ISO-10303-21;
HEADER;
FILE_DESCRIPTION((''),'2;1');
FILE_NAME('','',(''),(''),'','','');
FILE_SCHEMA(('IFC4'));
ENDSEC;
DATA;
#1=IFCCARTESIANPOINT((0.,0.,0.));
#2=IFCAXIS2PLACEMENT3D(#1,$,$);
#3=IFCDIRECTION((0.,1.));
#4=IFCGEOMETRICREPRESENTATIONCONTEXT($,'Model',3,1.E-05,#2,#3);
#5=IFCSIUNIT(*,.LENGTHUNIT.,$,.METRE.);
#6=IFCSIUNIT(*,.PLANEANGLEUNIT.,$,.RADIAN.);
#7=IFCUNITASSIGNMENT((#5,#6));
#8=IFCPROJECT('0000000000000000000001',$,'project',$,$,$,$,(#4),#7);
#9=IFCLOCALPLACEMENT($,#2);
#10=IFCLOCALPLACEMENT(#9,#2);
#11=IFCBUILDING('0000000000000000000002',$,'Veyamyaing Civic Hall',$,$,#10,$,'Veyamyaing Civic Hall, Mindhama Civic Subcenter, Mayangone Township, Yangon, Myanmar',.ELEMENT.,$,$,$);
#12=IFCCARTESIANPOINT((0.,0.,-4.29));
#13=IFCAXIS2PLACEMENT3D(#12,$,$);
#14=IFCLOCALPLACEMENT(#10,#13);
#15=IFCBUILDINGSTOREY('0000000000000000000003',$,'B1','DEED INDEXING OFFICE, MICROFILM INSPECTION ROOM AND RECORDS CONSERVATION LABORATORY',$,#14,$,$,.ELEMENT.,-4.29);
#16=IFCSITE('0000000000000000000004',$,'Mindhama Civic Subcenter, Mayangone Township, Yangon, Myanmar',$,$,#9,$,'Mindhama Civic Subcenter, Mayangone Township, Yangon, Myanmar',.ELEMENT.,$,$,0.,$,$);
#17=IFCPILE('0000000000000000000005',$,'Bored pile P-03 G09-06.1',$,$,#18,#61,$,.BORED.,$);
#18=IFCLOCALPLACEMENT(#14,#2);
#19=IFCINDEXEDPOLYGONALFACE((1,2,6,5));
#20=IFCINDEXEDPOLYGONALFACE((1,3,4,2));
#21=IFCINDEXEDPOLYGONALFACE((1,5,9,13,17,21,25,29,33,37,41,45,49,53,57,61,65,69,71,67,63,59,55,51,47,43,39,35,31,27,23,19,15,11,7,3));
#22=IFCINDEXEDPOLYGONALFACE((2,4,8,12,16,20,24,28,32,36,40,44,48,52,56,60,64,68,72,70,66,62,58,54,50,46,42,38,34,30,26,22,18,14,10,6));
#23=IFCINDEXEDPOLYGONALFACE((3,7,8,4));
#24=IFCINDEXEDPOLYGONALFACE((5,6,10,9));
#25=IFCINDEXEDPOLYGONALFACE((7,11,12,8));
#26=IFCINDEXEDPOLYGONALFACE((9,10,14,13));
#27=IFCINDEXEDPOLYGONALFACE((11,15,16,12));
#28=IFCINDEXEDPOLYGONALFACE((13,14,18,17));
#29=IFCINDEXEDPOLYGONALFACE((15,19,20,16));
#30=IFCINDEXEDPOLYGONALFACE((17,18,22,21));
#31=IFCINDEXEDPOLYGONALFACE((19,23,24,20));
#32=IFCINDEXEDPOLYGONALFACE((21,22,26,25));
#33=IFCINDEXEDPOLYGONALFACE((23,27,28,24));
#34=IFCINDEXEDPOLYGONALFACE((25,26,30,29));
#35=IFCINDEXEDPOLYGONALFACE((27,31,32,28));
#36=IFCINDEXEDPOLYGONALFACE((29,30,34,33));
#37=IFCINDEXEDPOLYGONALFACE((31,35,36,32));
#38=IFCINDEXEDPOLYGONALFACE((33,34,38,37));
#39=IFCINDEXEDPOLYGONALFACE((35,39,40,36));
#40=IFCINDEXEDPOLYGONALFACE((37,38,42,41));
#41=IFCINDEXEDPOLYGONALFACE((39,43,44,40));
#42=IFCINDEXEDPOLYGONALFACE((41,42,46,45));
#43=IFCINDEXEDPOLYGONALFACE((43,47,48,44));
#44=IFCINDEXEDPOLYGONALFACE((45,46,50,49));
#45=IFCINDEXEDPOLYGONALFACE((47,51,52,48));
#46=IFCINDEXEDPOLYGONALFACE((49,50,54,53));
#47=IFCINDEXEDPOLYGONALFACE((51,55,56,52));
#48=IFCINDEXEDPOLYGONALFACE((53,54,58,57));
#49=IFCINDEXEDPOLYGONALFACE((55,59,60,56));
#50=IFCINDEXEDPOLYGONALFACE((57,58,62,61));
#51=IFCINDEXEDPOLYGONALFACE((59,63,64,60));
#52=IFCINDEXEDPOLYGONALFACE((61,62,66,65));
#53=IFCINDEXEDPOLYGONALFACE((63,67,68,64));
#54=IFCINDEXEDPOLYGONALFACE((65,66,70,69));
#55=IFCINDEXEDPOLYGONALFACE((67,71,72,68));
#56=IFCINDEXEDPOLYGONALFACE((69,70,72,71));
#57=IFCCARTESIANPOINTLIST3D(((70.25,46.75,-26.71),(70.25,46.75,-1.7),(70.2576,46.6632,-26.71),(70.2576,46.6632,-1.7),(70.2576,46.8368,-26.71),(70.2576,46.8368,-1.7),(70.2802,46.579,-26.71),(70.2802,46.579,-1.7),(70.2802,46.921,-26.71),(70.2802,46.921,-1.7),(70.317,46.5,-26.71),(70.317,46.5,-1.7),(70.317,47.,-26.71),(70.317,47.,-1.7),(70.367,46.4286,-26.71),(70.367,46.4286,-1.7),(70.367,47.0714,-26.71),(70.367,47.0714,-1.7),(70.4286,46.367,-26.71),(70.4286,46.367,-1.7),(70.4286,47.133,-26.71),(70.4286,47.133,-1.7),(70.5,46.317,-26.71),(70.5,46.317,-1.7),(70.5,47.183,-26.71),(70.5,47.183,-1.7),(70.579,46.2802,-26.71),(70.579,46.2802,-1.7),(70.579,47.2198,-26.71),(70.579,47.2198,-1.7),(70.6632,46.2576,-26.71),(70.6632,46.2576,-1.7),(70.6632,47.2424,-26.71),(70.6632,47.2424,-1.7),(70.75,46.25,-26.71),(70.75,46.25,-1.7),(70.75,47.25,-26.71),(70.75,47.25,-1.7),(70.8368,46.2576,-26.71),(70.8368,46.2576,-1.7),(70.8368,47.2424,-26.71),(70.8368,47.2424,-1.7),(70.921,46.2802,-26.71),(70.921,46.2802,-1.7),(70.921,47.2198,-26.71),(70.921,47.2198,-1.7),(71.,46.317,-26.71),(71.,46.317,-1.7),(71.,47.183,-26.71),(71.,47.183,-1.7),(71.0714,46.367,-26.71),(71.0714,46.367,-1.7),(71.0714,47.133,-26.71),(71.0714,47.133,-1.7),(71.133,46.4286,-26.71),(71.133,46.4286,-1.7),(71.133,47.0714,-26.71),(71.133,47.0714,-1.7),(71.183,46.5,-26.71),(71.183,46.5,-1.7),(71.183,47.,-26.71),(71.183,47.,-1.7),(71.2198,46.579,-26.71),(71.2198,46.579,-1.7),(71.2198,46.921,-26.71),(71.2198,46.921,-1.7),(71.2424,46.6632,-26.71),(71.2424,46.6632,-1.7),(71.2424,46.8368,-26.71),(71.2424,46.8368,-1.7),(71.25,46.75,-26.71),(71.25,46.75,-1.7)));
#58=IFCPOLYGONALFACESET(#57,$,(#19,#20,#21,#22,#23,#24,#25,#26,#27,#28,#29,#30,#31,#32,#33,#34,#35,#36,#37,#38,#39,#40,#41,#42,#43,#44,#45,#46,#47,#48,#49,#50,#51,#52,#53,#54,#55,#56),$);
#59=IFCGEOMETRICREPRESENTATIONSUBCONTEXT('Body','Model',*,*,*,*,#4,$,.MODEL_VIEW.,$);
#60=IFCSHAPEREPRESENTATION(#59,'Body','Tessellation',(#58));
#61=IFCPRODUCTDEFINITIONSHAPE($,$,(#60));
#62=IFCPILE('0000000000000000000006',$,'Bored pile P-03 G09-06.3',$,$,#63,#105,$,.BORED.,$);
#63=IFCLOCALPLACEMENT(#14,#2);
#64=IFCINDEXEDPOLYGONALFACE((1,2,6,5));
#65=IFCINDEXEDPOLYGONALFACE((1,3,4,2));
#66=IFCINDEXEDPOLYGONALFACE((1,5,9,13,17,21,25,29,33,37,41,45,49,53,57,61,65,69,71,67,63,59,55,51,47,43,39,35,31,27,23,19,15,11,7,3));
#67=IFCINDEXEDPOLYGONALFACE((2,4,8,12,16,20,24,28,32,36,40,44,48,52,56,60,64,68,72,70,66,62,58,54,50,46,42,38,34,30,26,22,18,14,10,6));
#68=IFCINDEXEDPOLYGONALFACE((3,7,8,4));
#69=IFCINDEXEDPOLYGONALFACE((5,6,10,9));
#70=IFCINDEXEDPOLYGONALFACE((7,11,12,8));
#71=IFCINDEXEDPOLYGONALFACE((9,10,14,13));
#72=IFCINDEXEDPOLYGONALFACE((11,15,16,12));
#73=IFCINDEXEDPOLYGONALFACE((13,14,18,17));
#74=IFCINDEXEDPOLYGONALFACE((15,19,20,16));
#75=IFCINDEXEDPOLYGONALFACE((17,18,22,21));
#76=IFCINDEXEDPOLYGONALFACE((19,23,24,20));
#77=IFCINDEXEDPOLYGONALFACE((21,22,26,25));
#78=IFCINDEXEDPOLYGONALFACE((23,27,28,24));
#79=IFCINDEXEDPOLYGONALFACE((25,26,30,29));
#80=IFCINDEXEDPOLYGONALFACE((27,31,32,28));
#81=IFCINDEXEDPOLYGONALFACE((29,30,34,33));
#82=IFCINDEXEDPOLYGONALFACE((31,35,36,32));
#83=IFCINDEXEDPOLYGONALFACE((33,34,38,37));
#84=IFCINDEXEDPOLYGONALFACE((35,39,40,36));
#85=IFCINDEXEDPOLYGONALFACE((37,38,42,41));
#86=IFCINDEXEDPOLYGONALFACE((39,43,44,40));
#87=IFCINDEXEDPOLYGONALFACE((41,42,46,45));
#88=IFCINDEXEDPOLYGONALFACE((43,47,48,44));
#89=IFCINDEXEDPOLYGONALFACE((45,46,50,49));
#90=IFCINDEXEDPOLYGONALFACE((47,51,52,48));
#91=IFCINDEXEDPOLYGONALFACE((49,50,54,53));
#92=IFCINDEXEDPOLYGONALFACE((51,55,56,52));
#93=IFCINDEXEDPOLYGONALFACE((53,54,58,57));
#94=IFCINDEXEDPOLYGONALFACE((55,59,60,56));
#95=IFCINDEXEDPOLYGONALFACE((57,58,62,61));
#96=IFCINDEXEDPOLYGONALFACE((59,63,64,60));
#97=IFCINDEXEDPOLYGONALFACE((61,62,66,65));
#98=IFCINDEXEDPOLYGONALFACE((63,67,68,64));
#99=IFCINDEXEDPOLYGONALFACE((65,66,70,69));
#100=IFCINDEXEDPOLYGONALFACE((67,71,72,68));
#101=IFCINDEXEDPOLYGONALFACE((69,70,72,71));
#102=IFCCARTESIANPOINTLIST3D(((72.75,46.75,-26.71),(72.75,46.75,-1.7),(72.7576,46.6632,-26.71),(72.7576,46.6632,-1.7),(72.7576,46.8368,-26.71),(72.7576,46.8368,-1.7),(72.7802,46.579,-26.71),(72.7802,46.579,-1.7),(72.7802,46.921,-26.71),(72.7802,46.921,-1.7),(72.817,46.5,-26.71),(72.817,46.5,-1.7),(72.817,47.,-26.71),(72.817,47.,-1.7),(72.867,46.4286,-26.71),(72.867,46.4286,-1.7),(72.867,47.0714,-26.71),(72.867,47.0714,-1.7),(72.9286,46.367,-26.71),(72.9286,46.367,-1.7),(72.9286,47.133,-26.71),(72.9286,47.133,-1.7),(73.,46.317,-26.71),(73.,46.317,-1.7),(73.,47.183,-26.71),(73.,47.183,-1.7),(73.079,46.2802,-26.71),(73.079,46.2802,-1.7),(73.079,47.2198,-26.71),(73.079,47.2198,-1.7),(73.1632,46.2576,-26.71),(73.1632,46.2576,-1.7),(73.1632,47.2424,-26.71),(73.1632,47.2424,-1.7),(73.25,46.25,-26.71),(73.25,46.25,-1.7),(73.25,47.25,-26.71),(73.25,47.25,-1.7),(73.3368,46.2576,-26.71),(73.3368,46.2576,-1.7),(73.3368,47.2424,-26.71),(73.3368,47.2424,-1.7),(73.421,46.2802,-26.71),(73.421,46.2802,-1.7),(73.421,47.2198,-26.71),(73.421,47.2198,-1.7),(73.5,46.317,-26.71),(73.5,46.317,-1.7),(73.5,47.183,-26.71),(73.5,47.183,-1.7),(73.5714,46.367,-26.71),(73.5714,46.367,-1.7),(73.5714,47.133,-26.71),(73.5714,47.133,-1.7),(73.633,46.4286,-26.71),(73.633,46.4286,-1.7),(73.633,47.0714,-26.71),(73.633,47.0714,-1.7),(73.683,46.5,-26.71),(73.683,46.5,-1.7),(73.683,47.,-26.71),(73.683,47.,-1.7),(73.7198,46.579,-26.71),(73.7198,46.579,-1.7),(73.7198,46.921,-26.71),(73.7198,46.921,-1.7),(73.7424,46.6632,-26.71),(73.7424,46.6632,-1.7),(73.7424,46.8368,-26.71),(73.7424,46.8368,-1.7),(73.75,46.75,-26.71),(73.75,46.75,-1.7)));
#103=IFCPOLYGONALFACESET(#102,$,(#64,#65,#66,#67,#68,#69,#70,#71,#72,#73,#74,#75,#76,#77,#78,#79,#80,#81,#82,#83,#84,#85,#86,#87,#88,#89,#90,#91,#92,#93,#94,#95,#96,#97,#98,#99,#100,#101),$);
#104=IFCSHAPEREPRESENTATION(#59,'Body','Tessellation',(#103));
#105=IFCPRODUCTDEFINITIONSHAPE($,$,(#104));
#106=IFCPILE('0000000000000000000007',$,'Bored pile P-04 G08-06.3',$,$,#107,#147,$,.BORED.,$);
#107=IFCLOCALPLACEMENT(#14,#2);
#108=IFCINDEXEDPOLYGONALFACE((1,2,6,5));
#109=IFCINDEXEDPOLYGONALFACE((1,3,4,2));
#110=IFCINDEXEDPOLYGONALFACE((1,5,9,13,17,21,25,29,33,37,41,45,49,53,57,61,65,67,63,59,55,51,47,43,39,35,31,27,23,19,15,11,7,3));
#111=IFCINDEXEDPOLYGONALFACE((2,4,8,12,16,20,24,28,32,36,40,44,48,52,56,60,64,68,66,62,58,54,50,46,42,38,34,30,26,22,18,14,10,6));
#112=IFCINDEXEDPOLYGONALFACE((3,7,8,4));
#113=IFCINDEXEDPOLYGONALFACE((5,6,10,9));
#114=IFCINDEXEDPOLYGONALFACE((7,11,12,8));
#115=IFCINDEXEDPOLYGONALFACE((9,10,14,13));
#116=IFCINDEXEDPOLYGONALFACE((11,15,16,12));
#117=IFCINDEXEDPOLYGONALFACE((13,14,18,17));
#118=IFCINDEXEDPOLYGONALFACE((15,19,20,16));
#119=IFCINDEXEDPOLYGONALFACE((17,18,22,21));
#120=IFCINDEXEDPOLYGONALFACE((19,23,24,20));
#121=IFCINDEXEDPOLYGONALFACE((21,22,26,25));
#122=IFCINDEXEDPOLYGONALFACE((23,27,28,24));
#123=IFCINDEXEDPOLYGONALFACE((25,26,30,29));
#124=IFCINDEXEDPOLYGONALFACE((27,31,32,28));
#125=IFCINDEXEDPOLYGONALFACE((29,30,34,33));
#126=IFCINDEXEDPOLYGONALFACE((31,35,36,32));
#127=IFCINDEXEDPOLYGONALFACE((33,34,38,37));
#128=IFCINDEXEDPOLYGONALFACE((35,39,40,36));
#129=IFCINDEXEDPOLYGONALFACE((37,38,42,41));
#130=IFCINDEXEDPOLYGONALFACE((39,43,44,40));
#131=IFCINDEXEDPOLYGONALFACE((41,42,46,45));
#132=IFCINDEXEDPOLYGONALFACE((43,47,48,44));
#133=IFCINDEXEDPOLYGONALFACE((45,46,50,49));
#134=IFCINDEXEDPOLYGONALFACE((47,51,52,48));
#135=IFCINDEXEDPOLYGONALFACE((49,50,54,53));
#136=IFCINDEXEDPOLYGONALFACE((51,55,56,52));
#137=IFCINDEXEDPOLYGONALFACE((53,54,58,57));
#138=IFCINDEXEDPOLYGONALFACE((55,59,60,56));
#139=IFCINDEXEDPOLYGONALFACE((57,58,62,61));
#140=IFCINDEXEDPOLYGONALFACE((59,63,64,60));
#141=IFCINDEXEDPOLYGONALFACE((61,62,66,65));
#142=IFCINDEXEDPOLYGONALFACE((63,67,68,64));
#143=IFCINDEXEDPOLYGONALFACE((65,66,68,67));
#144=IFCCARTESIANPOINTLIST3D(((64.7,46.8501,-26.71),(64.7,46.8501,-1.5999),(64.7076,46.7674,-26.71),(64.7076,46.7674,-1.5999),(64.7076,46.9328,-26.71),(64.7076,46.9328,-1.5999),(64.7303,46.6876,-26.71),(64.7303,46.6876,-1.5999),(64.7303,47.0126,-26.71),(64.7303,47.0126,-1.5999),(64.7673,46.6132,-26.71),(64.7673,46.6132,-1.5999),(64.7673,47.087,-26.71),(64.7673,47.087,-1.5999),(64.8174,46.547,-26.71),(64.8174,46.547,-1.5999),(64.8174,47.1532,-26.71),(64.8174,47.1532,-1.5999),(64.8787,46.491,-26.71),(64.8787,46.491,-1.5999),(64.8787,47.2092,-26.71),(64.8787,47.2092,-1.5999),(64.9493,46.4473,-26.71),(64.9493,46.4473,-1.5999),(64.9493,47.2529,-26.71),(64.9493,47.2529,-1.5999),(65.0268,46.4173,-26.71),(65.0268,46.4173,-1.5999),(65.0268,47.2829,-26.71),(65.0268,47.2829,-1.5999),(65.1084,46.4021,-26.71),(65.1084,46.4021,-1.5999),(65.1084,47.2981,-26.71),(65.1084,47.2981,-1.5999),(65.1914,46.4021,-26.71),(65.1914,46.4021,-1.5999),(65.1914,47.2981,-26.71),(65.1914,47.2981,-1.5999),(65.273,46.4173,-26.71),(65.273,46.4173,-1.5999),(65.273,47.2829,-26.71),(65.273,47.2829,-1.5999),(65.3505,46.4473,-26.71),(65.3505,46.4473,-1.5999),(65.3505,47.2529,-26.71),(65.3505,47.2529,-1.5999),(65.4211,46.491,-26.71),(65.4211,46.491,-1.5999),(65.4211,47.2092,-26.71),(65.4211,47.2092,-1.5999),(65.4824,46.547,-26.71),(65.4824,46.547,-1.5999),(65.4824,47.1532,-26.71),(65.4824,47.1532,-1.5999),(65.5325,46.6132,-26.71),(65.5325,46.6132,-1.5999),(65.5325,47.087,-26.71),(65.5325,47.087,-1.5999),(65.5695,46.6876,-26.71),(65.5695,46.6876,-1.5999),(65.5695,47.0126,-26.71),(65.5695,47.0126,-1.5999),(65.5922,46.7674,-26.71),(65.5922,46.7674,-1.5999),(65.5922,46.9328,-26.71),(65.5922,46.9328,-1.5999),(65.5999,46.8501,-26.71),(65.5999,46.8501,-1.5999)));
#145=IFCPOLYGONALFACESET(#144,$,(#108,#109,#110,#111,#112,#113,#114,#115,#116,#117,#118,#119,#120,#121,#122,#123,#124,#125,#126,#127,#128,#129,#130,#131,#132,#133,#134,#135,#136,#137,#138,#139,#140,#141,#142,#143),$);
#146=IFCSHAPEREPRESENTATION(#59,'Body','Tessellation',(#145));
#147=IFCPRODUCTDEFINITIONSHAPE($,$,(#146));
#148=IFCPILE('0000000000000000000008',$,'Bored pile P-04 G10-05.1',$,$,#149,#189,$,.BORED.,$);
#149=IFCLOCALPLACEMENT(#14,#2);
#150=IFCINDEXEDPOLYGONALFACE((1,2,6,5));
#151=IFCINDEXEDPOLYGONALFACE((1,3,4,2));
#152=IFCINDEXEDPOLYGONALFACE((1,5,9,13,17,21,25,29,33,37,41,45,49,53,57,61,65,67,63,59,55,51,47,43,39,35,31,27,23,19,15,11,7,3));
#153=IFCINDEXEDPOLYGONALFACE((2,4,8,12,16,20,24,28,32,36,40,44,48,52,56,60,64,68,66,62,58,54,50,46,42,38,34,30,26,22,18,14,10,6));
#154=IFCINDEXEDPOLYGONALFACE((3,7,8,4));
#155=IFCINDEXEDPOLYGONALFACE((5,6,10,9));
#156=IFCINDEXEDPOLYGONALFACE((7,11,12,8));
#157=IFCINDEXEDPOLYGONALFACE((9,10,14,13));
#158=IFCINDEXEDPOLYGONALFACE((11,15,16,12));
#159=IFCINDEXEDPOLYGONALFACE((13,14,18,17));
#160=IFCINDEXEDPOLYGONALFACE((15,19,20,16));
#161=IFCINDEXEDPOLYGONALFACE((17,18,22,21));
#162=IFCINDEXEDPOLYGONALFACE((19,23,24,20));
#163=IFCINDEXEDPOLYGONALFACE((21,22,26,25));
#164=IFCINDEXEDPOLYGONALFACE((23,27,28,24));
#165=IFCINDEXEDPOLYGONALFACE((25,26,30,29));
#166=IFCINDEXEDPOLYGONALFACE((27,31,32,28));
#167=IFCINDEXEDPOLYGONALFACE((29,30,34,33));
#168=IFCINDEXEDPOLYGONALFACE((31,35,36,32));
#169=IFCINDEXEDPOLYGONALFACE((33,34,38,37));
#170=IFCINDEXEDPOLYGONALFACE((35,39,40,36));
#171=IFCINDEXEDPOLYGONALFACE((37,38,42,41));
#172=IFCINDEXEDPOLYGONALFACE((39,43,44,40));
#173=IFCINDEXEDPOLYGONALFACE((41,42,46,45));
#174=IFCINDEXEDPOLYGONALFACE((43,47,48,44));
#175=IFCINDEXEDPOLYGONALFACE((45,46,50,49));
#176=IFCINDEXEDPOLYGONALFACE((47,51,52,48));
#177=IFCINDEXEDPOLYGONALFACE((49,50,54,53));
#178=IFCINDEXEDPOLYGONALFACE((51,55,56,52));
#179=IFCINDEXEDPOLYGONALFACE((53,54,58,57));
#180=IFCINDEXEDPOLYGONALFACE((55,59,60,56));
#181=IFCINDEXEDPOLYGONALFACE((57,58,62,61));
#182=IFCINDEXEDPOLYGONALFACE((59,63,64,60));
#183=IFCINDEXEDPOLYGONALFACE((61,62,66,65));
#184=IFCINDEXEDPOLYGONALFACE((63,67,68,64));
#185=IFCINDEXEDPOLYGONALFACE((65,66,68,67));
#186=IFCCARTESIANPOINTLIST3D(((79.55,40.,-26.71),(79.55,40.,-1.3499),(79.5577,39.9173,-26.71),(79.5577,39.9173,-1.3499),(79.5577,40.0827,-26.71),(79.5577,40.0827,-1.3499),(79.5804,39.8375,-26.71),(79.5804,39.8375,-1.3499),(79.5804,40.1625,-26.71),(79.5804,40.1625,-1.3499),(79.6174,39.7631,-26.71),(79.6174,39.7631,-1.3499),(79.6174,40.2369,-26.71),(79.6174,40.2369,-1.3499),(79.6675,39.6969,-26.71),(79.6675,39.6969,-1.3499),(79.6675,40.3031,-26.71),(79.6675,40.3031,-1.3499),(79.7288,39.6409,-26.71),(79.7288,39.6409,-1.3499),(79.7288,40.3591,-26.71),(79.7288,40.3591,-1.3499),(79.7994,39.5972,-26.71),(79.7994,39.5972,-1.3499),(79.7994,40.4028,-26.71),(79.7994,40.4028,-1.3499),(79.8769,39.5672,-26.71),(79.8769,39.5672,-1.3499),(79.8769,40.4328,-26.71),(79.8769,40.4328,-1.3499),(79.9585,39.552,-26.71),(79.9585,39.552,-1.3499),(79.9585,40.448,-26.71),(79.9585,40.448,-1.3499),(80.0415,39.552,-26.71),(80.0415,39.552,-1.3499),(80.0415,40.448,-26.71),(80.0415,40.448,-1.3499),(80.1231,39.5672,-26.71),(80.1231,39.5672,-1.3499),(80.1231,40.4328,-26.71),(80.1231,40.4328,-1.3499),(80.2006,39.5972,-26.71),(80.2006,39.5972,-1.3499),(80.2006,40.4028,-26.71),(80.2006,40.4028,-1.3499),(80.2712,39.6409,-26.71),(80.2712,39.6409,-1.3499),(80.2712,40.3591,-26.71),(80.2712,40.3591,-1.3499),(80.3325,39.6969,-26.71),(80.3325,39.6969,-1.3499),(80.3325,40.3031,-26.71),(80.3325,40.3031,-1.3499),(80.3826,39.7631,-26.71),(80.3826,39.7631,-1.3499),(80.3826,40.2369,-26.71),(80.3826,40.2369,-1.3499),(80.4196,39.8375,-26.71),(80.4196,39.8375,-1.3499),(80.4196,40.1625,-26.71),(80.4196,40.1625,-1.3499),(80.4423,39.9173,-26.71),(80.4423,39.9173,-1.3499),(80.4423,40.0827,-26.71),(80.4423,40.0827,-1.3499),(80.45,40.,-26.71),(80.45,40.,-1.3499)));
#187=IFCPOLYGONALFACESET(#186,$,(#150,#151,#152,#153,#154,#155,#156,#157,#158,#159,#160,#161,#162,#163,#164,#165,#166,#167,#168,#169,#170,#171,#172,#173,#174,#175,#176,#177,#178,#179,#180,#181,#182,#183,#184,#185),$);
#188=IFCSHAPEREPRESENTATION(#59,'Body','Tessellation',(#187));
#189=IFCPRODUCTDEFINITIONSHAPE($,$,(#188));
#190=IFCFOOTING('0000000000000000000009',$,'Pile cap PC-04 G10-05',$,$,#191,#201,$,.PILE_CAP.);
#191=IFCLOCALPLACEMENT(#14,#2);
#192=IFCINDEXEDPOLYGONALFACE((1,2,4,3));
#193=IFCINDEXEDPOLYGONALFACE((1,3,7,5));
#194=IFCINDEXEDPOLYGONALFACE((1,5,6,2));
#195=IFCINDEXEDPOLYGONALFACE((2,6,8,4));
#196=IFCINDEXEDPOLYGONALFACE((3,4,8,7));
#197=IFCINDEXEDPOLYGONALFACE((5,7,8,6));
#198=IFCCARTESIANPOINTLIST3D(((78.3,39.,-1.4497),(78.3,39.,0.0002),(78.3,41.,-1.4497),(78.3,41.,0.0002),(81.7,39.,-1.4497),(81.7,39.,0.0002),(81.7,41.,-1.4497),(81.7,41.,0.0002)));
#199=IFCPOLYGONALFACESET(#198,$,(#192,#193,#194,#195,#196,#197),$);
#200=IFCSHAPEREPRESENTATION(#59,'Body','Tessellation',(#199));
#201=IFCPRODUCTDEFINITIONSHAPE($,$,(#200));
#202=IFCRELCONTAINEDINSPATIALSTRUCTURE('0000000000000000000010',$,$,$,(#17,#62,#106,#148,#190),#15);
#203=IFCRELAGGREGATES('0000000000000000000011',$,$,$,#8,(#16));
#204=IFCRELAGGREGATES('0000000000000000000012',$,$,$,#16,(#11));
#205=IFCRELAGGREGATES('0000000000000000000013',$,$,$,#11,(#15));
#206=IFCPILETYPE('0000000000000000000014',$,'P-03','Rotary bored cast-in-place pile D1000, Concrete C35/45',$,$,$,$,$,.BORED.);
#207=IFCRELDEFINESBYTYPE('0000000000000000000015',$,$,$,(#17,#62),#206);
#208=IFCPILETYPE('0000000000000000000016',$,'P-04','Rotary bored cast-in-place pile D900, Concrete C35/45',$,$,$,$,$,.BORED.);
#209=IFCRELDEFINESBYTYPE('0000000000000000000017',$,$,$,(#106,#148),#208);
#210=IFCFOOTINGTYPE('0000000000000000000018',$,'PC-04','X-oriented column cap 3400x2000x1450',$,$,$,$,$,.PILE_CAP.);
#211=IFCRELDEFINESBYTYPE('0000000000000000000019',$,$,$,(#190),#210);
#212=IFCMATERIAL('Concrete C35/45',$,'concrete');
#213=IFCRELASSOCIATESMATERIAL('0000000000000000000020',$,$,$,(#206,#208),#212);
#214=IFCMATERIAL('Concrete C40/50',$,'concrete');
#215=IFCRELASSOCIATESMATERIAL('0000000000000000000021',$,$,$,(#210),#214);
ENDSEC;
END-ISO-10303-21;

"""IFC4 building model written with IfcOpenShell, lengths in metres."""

from ifc_helpers import new_model, si_unit, direction, frame, origin, origin_2d, place, context, subcontext, project, spatial, rectangle, circle, extrude, material, material_profile, profile_set, type_object, element, save


model = new_model("IFC4")

# Units and contexts
model_context = context("Model", 3, precision=1e-05, world=origin(), true_north=direction((0.0, 1.0)))
body_context = subcontext(model_context, "Body", "Model", "MODEL_VIEW")
ifc_project = project(units=[si_unit("LENGTHUNIT", "METRE"), si_unit("PLANEANGLEUNIT", "RADIAN")], contexts=[model_context])

# Site, building, storey
site_placement = place(None, origin())
site = spatial("IfcSite", under=ifc_project, at=site_placement, Name="Mindhama Civic Subcenter, Mayangone Township, Yangon, Myanmar", LongName="Mindhama Civic Subcenter, Mayangone Township, Yangon, Myanmar", CompositionType="ELEMENT", RefElevation=0.0)
building_placement = place(site_placement, origin())
building = spatial("IfcBuilding", under=site, at=building_placement, Name="Veyamyaing Civic Hall", LongName="Veyamyaing Civic Hall, Mindhama Civic Subcenter, Mayangone Township, Yangon, Myanmar", CompositionType="ELEMENT")
storey_placement = place(building_placement, frame((0.0, 0.0, -4.29)))
storey = spatial("IfcBuildingStorey", under=building, at=storey_placement, Name="B1", Description="DEED INDEXING OFFICE, MICROFILM INSPECTION ROOM AND RECORDS CONSERVATION LABORATORY", CompositionType="ELEMENT", Elevation=-4.29)

# Shared definitions
ifc_material_1 = material(Name="Concrete C40/50", Category="concrete")

# Piles
ifc_material_2 = material(Name="Concrete C35/45", Category="concrete")
ifc_material_profile_1 = material_profile(ifc_material_2, circle(Radius=0.5, at=origin_2d()), Name="PILE-D1000")
ifc_profile_set_1 = profile_set([ifc_material_profile_1], Name="Concrete C35/45")
pile_type_1 = type_object("IfcPileType", Name="P-03", Description="Rotary bored cast-in-place pile D1000, Concrete C35/45", PredefinedType="BORED", material=ifc_profile_set_1)
for number, where, z_axis, x_axis, name in (
    (1, (70.75, 46.75, -1.7), (0.0, 0.0, -1.0), (1.0, 0.0, 0.0), "Bored pile P-03 G09-06.1"),
    (2, (73.25, 46.75, -1.7), (0.0, 0.0, -1.0), (1.0, 0.0, 0.0), "Bored pile P-03 G09-06.3"),
):
    element("IfcPile", number, at=place(storey_placement, frame(where, z_axis=z_axis, x_axis=x_axis)), inside=storey, type_object=pile_type_1, Name=name, PredefinedType="BORED", context=body_context, shape_type="SweptSolid", body=[
        extrude(circle(Radius=0.5, at=origin_2d()), origin(), (0.0, 0.0, 1.0), 25.01),
    ])
ifc_material_profile_2 = material_profile(ifc_material_2, circle(Radius=0.45, at=origin_2d()), Name="PILE-D900")
ifc_profile_set_2 = profile_set([ifc_material_profile_2], Name="Concrete C35/45")
pile_type_2 = type_object("IfcPileType", Name="P-04", Description="Rotary bored cast-in-place pile D900, Concrete C35/45", PredefinedType="BORED", material=ifc_profile_set_2)
pile_1_placement = place(storey_placement, frame((65.1499, 46.8501, -1.5999), z_axis=(0.0, 0.0, -1.0), x_axis=(1.0, 0.0, 0.0)))
element("IfcPile", 3, at=pile_1_placement, inside=storey, type_object=pile_type_2, Name="Bored pile P-04 G08-06.3", PredefinedType="BORED", context=body_context, shape_type="SweptSolid", body=[
    extrude(circle(Radius=0.45, at=origin_2d()), origin(), (0.0, 0.0, 1.0), 25.1101),
])
pile_2_placement = place(storey_placement, frame((80.0, 40.0, -1.3499), z_axis=(0.0, 0.0, -1.0), x_axis=(1.0, 0.0, 0.0)))
element("IfcPile", 4, at=pile_2_placement, inside=storey, type_object=pile_type_2, Name="Bored pile P-04 G10-05.1", PredefinedType="BORED", context=body_context, shape_type="SweptSolid", body=[
    extrude(circle(Radius=0.45, at=origin_2d()), origin(), (0.0, 0.0, 1.0), 25.3601),
])

# Footing
footing_type_1 = type_object("IfcFootingType", Name="PC-04", Description="X-oriented column cap 3400x2000x1450", PredefinedType="PILE_CAP", material=ifc_material_1)
footing_1_placement = place(storey_placement, frame((80.0, 40.0, -1.4497), z_axis=(0.0, 0.0, 1.0), x_axis=(1.0, 0.0, 0.0)))
element("IfcFooting", 5, at=footing_1_placement, inside=storey, type_object=footing_type_1, Name="Pile cap PC-04 G10-05", PredefinedType="PILE_CAP", context=body_context, shape_type="SweptSolid", body=[
    extrude(rectangle(XDim=3.3999, YDim=2.0, at=origin_2d()), origin(), (0.0, 0.0, 1.0), 1.45),
])

save(model, "model.ifc")
